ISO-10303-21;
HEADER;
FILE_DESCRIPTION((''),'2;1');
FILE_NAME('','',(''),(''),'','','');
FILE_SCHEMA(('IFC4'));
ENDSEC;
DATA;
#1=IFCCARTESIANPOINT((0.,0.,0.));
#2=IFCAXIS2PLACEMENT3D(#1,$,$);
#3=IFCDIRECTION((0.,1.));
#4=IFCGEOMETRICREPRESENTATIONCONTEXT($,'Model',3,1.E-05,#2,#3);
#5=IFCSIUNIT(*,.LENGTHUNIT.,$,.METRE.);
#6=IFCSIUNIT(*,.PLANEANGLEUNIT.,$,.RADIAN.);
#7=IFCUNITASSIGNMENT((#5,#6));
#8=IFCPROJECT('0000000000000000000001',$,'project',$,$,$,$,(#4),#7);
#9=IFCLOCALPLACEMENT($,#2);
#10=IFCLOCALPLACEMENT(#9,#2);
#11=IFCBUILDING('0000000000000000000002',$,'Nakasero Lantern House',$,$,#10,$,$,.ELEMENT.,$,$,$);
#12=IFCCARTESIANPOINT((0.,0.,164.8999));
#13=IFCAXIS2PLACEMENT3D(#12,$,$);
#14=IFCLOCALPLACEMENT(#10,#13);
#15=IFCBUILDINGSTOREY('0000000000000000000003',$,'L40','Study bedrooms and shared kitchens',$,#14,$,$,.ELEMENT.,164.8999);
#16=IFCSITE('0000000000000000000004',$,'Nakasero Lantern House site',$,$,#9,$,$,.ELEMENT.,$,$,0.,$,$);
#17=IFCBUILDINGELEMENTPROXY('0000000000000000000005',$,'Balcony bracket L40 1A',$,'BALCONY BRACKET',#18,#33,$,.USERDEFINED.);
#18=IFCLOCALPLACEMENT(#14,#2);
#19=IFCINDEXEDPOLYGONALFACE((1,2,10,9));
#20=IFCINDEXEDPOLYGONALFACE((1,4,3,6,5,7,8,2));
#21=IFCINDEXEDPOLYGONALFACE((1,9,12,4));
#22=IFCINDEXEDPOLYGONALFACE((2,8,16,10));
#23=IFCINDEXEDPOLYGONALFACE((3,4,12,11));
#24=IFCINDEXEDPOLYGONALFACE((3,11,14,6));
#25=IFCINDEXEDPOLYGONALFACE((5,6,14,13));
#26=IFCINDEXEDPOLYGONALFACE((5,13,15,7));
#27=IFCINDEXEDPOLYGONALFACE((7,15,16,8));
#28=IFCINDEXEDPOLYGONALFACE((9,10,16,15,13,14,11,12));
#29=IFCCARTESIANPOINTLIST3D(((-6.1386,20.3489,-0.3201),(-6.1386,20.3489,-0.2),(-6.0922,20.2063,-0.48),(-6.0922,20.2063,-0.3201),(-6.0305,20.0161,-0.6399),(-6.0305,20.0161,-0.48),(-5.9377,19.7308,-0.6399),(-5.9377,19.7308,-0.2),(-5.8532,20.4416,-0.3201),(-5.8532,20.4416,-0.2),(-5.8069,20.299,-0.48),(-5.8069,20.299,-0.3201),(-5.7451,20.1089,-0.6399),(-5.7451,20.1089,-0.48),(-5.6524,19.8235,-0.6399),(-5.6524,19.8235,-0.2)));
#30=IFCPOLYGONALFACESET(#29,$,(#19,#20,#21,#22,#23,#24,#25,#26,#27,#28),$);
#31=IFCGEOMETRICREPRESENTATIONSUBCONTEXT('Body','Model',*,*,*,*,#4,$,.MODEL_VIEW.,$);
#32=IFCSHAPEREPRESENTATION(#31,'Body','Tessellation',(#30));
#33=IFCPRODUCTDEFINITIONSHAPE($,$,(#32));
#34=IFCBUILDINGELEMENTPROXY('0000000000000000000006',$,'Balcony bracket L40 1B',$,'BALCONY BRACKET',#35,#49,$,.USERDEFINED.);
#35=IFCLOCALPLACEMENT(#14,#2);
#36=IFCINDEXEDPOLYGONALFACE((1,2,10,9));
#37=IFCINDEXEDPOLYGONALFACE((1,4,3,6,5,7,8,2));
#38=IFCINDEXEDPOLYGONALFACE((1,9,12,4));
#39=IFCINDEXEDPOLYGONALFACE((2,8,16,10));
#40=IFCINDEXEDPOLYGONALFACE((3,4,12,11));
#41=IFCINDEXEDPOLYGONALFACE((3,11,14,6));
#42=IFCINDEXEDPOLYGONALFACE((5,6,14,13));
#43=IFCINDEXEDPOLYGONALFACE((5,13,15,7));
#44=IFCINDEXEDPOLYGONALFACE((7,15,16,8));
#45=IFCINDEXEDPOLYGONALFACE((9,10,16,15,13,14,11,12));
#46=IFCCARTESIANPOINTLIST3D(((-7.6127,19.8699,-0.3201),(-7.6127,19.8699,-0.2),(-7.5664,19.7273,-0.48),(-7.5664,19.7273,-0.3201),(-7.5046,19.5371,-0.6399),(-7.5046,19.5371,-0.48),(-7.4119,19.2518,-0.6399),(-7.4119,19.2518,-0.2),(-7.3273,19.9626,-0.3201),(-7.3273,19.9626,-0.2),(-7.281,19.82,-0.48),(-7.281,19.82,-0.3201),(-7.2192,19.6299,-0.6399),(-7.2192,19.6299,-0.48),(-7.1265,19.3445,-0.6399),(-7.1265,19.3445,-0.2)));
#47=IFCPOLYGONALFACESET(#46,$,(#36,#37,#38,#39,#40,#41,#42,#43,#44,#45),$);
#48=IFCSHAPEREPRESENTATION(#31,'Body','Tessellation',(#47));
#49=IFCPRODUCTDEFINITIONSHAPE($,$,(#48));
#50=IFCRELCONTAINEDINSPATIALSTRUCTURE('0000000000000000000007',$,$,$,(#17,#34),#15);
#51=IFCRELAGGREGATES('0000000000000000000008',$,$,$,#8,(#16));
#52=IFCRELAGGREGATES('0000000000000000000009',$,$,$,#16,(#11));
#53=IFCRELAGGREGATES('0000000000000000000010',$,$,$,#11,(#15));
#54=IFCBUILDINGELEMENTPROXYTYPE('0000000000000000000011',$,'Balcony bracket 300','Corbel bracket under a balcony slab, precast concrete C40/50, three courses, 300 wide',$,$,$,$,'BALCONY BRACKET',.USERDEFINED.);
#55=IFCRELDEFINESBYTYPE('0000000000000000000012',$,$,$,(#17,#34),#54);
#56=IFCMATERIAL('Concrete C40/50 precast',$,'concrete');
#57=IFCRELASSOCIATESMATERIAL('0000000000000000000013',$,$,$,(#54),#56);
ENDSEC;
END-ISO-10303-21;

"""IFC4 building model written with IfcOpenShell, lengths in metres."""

from ifc_helpers import new_model, si_unit, direction, frame, origin, place, context, subcontext, project, spatial, polyline, outline, extrude, material, type_object, element, save


model = new_model("IFC4")

# Units and contexts
model_context = context("Model", 3, precision=1e-05, world=origin(), true_north=direction((0.0, 1.0)))
body_context = subcontext(model_context, "Body", "Model", "MODEL_VIEW")
ifc_project = project(units=[si_unit("LENGTHUNIT", "METRE"), si_unit("PLANEANGLEUNIT", "RADIAN")], contexts=[model_context])

# Site, building, storey
site_placement = place(None, origin())
site = spatial("IfcSite", under=ifc_project, at=site_placement, Name="Nakasero Lantern House site", CompositionType="ELEMENT", RefElevation=0.0)
building_placement = place(site_placement, origin())
building = spatial("IfcBuilding", under=site, at=building_placement, Name="Nakasero Lantern House", CompositionType="ELEMENT")
storey_placement = place(building_placement, frame((0.0, 0.0, 164.8999)))
storey = spatial("IfcBuildingStorey", under=building, at=storey_placement, Name="L40", Description="Study bedrooms and shared kitchens", CompositionType="ELEMENT", Elevation=164.8999)

# Building element proxies
ifc_material_1 = material(Name="Concrete C40/50 precast", Category="concrete")
building_element_proxy_type = type_object("IfcBuildingElementProxyType", Name="Balcony bracket 300", Description="Corbel bracket under a balcony slab, precast concrete C40/50, three courses, 300 wide", ElementType="BALCONY BRACKET", PredefinedType="USERDEFINED", material=ifc_material_1)
for number, where, z_axis, x_axis, name in (
    (1, (-5.7952, 19.7771, -0.2), (0.0, 0.0, 1.0), (-0.309017, 0.951057, 0.0), "Balcony bracket L40 1A"),
    (2, (-7.2693, 19.2981, -0.2), (0.0, 0.0, 1.0), (-0.309017, 0.951057, 0.0), "Balcony bracket L40 1B"),
):
    element("IfcBuildingElementProxy", number, at=place(storey_placement, frame(where, z_axis=z_axis, x_axis=x_axis)), inside=storey, type_object=building_element_proxy_type, Name=name, ObjectType="BALCONY BRACKET", PredefinedType="USERDEFINED", context=body_context, shape_type="SweptSolid", body=[
        extrude(outline(polyline([(0.0, 0.0), (0.6499, 0.0), (0.6499, -0.1201), (0.5, -0.1201), (0.5, -0.28), (0.3, -0.28), (0.3, -0.4399), (0.0, -0.4399), (0.0, 0.0)])), frame((0.0, 0.1499, 0.0), z_axis=(0.0, -1.0, 0.0), x_axis=(1.0, 0.0, 0.0)), (0.0, 0.0, 1.0), 0.3),
    ])

save(model, "model.ifc")
